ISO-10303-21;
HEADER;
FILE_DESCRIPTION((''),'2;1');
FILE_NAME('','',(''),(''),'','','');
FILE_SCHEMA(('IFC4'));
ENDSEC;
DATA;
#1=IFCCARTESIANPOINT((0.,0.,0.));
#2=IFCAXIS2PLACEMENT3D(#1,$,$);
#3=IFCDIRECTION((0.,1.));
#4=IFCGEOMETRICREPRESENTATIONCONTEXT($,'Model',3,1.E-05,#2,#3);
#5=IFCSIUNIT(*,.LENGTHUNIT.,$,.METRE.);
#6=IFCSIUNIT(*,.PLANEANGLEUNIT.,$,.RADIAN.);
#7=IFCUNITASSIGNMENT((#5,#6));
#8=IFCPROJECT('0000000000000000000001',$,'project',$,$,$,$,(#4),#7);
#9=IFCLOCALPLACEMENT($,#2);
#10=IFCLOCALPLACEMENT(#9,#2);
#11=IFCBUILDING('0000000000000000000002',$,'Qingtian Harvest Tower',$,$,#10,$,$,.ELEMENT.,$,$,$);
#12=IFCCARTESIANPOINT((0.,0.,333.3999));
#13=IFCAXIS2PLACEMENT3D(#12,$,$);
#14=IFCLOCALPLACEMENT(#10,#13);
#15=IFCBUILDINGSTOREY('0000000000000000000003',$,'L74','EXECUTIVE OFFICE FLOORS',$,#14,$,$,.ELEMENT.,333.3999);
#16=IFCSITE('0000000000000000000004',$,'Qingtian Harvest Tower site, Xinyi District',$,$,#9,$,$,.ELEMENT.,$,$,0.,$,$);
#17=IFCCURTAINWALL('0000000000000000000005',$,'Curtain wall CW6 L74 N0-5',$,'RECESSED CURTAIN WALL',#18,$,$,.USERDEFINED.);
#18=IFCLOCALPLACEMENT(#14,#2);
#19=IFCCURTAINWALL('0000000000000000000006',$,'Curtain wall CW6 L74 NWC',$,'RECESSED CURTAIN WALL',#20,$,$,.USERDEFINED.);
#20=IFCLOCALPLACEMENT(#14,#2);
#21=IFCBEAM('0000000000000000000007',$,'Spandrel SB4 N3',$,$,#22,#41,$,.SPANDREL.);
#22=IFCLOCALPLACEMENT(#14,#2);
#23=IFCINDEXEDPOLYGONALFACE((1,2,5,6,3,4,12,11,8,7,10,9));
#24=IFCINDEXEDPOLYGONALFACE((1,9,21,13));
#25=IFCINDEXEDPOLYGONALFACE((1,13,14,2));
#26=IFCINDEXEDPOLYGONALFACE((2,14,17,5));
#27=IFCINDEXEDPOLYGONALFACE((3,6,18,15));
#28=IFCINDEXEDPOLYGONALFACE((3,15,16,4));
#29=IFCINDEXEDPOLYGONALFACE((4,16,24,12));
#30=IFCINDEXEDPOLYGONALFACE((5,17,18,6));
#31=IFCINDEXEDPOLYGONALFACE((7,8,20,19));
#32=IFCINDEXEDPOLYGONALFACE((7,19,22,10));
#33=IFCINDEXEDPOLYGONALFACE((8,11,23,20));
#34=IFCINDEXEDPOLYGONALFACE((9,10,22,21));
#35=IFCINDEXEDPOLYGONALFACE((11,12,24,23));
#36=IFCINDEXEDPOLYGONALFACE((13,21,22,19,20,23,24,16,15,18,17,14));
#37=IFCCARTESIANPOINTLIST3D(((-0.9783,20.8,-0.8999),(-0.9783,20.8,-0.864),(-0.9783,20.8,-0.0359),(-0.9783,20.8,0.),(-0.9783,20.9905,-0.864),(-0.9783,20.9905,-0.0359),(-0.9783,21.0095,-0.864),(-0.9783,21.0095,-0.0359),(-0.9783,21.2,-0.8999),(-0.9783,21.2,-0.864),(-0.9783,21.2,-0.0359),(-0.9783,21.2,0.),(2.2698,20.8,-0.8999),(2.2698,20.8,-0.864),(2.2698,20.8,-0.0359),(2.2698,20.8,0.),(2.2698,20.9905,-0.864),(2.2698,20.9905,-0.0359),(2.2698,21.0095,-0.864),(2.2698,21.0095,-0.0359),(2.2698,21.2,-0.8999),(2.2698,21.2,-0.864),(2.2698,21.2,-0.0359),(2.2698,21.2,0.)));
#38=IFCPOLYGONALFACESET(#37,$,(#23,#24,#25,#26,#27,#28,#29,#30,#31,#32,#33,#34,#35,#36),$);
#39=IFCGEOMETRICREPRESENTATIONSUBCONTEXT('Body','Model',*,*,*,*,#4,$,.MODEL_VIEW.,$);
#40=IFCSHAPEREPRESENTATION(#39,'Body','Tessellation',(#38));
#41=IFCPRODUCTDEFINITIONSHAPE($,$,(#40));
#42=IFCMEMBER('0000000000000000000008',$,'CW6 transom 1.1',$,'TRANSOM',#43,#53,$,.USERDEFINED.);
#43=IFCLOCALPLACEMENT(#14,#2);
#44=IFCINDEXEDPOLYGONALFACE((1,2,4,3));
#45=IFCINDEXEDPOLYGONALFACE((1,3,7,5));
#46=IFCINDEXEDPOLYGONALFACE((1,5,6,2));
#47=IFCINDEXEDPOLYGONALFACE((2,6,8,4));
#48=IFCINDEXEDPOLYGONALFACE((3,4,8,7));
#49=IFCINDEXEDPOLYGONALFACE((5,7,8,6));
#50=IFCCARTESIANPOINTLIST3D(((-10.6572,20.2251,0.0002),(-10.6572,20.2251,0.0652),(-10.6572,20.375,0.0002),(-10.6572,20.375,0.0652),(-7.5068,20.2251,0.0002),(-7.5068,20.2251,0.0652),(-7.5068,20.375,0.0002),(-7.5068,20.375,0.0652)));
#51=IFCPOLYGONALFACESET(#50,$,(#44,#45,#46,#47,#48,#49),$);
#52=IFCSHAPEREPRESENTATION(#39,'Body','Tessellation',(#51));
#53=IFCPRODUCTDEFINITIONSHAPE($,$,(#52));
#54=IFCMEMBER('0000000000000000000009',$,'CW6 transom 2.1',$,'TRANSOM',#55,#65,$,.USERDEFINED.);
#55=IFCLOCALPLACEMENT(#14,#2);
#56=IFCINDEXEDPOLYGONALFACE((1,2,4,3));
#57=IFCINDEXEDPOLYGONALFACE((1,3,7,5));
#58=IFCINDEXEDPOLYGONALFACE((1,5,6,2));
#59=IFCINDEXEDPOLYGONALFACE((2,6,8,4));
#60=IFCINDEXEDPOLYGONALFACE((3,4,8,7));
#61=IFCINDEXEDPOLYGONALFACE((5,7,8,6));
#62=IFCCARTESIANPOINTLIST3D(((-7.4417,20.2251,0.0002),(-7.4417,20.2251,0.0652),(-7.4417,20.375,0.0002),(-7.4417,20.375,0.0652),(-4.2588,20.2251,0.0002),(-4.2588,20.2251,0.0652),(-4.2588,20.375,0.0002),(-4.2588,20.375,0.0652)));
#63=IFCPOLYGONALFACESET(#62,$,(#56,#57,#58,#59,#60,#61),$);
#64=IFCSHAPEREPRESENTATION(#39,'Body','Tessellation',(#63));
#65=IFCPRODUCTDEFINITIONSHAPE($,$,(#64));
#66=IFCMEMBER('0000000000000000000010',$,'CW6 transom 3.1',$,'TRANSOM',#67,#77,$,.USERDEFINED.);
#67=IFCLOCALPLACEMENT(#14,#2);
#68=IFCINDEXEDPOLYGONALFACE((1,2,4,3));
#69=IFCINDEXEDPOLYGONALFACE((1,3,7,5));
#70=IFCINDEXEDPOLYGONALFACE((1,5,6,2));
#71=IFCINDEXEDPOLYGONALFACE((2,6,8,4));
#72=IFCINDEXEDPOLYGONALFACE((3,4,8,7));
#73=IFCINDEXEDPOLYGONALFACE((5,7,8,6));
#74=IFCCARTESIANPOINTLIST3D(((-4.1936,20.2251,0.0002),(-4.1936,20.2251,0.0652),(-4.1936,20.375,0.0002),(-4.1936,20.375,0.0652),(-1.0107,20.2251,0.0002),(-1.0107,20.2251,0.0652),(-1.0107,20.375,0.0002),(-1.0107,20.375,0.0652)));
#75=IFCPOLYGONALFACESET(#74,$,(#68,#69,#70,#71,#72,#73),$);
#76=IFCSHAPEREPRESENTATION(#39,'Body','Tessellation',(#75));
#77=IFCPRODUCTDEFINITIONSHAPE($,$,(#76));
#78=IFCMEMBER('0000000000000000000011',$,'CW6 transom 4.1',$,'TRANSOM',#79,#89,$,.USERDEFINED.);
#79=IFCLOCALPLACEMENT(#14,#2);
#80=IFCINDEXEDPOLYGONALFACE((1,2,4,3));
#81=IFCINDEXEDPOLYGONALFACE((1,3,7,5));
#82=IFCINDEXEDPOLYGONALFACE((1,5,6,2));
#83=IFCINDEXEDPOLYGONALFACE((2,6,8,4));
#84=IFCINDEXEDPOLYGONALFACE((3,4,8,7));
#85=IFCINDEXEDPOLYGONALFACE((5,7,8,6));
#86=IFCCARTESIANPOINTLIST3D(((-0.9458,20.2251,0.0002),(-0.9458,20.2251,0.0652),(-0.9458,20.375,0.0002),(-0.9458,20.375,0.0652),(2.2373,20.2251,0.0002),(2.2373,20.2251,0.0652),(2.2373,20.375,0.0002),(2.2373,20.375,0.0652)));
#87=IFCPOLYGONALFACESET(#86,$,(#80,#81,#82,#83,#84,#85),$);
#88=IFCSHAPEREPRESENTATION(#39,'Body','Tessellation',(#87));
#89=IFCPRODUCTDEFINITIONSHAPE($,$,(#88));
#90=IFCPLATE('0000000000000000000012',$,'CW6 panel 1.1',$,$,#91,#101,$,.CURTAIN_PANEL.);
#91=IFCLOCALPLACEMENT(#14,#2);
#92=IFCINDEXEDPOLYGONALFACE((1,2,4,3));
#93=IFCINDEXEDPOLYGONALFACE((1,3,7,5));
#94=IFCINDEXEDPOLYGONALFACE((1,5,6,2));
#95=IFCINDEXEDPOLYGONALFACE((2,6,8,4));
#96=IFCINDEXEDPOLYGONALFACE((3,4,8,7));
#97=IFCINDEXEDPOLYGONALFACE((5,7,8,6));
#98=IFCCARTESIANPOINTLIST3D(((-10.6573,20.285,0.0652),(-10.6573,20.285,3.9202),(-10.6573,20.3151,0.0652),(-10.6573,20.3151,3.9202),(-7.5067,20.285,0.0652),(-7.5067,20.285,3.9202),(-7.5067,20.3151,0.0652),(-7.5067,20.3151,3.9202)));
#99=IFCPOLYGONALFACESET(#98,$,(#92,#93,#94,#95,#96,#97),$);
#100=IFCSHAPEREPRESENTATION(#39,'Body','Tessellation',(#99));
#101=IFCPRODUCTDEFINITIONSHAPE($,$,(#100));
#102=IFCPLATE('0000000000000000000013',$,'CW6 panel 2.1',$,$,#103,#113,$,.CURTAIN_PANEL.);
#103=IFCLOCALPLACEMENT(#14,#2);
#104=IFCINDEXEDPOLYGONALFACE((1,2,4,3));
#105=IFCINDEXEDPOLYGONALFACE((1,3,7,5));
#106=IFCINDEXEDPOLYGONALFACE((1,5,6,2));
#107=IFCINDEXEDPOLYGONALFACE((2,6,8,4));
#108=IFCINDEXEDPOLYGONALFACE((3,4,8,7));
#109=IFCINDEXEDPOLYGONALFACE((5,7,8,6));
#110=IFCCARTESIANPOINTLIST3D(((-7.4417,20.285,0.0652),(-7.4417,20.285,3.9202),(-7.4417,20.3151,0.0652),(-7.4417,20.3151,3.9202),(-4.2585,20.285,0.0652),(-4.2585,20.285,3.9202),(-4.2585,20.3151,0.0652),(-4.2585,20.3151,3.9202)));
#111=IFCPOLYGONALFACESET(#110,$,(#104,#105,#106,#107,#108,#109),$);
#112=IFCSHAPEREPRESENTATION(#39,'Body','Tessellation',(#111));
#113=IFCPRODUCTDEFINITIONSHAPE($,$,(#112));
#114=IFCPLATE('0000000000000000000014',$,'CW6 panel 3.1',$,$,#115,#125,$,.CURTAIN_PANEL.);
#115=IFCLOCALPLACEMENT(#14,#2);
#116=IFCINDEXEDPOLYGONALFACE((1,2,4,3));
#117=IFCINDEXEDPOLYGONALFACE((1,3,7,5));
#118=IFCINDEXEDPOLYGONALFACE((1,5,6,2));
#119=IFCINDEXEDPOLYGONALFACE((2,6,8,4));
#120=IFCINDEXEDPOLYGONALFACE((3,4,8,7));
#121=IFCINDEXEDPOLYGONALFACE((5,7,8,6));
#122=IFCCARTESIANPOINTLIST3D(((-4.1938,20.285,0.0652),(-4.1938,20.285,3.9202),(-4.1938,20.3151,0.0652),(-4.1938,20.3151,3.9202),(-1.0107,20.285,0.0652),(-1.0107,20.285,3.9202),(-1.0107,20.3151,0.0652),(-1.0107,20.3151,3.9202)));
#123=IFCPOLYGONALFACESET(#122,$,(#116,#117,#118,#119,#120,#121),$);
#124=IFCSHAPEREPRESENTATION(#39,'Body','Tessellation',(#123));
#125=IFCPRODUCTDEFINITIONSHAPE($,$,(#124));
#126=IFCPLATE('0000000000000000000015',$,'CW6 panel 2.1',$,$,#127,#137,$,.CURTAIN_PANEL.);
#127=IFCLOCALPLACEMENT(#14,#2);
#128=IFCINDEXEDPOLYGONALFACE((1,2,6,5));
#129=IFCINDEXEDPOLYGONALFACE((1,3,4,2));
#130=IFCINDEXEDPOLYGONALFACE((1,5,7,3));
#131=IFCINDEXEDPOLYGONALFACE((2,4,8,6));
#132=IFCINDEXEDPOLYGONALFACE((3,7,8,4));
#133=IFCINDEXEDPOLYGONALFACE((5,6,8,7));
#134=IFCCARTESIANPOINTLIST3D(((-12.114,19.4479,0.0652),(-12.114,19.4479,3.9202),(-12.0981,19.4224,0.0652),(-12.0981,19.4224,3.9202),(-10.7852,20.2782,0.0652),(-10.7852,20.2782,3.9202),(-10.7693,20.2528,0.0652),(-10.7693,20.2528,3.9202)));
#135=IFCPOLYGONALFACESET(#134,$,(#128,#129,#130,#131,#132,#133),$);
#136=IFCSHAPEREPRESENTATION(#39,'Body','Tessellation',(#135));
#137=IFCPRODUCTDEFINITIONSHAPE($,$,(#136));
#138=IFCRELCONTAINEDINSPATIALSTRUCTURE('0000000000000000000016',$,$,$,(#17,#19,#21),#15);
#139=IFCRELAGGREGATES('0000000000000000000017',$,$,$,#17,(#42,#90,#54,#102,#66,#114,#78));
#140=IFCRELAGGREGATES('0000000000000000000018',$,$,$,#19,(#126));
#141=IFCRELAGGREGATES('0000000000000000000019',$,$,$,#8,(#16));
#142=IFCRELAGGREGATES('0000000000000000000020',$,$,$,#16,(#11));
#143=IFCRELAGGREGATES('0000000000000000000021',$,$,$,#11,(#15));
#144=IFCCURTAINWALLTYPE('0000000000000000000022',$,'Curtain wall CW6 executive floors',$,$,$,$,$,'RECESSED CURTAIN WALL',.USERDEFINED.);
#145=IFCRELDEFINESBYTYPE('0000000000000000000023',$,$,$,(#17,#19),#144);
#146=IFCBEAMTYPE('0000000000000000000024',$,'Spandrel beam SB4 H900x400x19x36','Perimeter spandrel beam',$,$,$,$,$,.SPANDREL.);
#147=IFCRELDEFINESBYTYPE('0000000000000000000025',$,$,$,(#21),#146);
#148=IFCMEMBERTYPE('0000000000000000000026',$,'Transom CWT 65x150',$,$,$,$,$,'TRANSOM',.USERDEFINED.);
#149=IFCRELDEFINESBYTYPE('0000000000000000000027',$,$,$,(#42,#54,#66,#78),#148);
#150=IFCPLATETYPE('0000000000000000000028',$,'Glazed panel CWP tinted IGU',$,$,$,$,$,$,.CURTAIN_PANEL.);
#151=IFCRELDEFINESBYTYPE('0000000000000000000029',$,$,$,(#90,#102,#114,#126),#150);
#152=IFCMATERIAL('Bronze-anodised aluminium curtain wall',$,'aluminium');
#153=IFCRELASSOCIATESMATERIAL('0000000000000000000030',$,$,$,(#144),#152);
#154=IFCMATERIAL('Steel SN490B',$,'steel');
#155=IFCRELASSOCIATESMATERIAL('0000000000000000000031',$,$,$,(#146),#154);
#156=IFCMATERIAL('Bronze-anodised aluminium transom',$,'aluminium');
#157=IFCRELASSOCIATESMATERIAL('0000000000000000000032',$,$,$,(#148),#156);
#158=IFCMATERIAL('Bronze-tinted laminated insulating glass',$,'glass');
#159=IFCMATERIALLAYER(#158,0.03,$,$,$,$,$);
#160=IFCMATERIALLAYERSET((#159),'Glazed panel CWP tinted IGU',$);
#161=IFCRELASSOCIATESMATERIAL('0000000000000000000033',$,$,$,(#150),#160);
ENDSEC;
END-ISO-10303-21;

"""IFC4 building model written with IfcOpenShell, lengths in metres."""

from ifc_helpers import new_model, si_unit, direction, frame, origin, origin_2d, place, context, subcontext, project, spatial, rectangle, i_section, extrude, material, layer, layer_set, material_profile, profile_set, type_object, element, aggregate, save


model = new_model("IFC4")

# Units and contexts
model_context = context("Model", 3, precision=1e-05, world=origin(), true_north=direction((0.0, 1.0)))
body_context = subcontext(model_context, "Body", "Model", "MODEL_VIEW")
ifc_project = project(units=[si_unit("LENGTHUNIT", "METRE"), si_unit("PLANEANGLEUNIT", "RADIAN")], contexts=[model_context])

# Site, building, storey
site_placement = place(None, origin())
site = spatial("IfcSite", under=ifc_project, at=site_placement, Name="Qingtian Harvest Tower site, Xinyi District", CompositionType="ELEMENT", RefElevation=0.0)
building_placement = place(site_placement, origin())
building = spatial("IfcBuilding", under=site, at=building_placement, Name="Qingtian Harvest Tower", CompositionType="ELEMENT")
storey_placement = place(building_placement, frame((0.0, 0.0, 333.3999)))
storey = spatial("IfcBuildingStorey", under=building, at=storey_placement, Name="L74", Description="EXECUTIVE OFFICE FLOORS", CompositionType="ELEMENT", Elevation=333.3999)

# Curtain wall
ifc_material_1 = material(Name="Bronze-anodised aluminium curtain wall", Category="aluminium")
curtain_wall_type = type_object("IfcCurtainWallType", Name="Curtain wall CW6 executive floors", ElementType="RECESSED CURTAIN WALL", PredefinedType="USERDEFINED", material=ifc_material_1)
curtain_wall_1_placement = place(storey_placement, origin())
curtain_wall_1 = element("IfcCurtainWall", 1, at=curtain_wall_1_placement, inside=storey, type_object=curtain_wall_type, Name="Curtain wall CW6 L74 N0-5", ObjectType="RECESSED CURTAIN WALL", PredefinedType="USERDEFINED")

# Curtain wall
curtain_wall_2_placement = place(storey_placement, origin())
curtain_wall_2 = element("IfcCurtainWall", 2, at=curtain_wall_2_placement, inside=storey, type_object=curtain_wall_type, Name="Curtain wall CW6 L74 NWC", ObjectType="RECESSED CURTAIN WALL", PredefinedType="USERDEFINED")

# Beam
ifc_material_2 = material(Name="Steel SN490B", Category="steel")
ifc_material_profile_1 = material_profile(ifc_material_2, i_section(OverallWidth=0.3999, OverallDepth=0.8999, WebThickness=0.019, FlangeThickness=0.0359, at=origin_2d()), Name="H900x400x19x36")
ifc_profile_set_1 = profile_set([ifc_material_profile_1], Name="Steel SN490B")
beam_type_1 = type_object("IfcBeamType", Name="Spandrel beam SB4 H900x400x19x36", Description="Perimeter spandrel beam", PredefinedType="SPANDREL", material=ifc_profile_set_1)
for number, where, z_axis, x_axis, name in (
    (3, (-0.9783, 21.0, -0.45), (1.0, 0.0, 0.0), (0.0, 1.0, 0.0), "Spandrel SB4 N3"),
):
    element("IfcBeam", number, at=place(storey_placement, frame(where, z_axis=z_axis, x_axis=x_axis)), inside=storey, type_object=beam_type_1, Name=name, PredefinedType="SPANDREL", context=body_context, shape_type="SweptSolid", body=[
        extrude(i_section(OverallWidth=0.3999, OverallDepth=0.8999, WebThickness=0.019, FlangeThickness=0.0359, at=origin_2d()), origin(), (0.0, 0.0, 1.0), 3.248),
    ])

# Members
ifc_material_3 = material(Name="Bronze-anodised aluminium transom", Category="aluminium")
ifc_material_profile_2 = material_profile(ifc_material_3, rectangle(XDim=0.1499, YDim=0.0649, at=origin_2d()), Name="AL 65x150")
ifc_profile_set_2 = profile_set([ifc_material_profile_2], Name="Bronze-anodised aluminium transom")
member_type_1 = type_object("IfcMemberType", Name="Transom CWT 65x150", ElementType="TRANSOM", PredefinedType="USERDEFINED", material=ifc_profile_set_2)
member_1_placement = place(storey_placement, frame((-10.6572, 20.3, 0.0327), z_axis=(1.0, 0.0, 0.0), x_axis=(0.0, 1.0, 0.0)))
member_1 = element("IfcMember", 4, at=member_1_placement, type_object=member_type_1, Name="CW6 transom 1.1", ObjectType="TRANSOM", PredefinedType="USERDEFINED", context=body_context, shape_type="SweptSolid", body=[
    extrude(rectangle(XDim=0.1499, YDim=0.0649, at=origin_2d()), origin(), (0.0, 0.0, 1.0), 3.1504),
])
member_2_placement = place(storey_placement, frame((-7.4417, 20.3, 0.0327), z_axis=(1.0, 0.0, 0.0), x_axis=(0.0, 1.0, 0.0)))
member_2 = element("IfcMember", 5, at=member_2_placement, type_object=member_type_1, Name="CW6 transom 2.1", ObjectType="TRANSOM", PredefinedType="USERDEFINED", context=body_context, shape_type="SweptSolid", body=[
    extrude(rectangle(XDim=0.1499, YDim=0.0649, at=origin_2d()), origin(), (0.0, 0.0, 1.0), 3.1829),
])
member_3_placement = place(storey_placement, frame((-4.1936, 20.3, 0.0327), z_axis=(1.0, 0.0, 0.0), x_axis=(0.0, 1.0, 0.0)))
member_3 = element("IfcMember", 6, at=member_3_placement, type_object=member_type_1, Name="CW6 transom 3.1", ObjectType="TRANSOM", PredefinedType="USERDEFINED", context=body_context, shape_type="SweptSolid", body=[
    extrude(rectangle(XDim=0.1499, YDim=0.0649, at=origin_2d()), origin(), (0.0, 0.0, 1.0), 3.1829),
])
member_4_placement = place(storey_placement, frame((-0.9458, 20.3, 0.0327), z_axis=(1.0, 0.0, 0.0), x_axis=(0.0, 1.0, 0.0)))
member_4 = element("IfcMember", 7, at=member_4_placement, type_object=member_type_1, Name="CW6 transom 4.1", ObjectType="TRANSOM", PredefinedType="USERDEFINED", context=body_context, shape_type="SweptSolid", body=[
    extrude(rectangle(XDim=0.1499, YDim=0.0649, at=origin_2d()), origin(), (0.0, 0.0, 1.0), 3.1831),
])

# Plates
ifc_material_4 = material(Name="Bronze-tinted laminated insulating glass", Category="glass")
ifc_layer_1 = layer(ifc_material_4, 0.03)
ifc_layer_set_1 = layer_set([ifc_layer_1], Name="Glazed panel CWP tinted IGU")
plate_type = type_object("IfcPlateType", Name="Glazed panel CWP tinted IGU", PredefinedType="CURTAIN_PANEL", material=ifc_layer_set_1)
plate_1_placement = place(storey_placement, frame((-9.082, 20.3, 0.0652), z_axis=(0.0, 0.0, 1.0), x_axis=(1.0, 0.0, 0.0)))
plate_1 = element("IfcPlate", 8, at=plate_1_placement, type_object=plate_type, Name="CW6 panel 1.1", PredefinedType="CURTAIN_PANEL", context=body_context, shape_type="SweptSolid", body=[
    extrude(rectangle(XDim=3.1506, YDim=0.03, at=origin_2d()), origin(), (0.0, 0.0, 1.0), 3.855),
])
plate_2_placement = place(storey_placement, frame((-5.8501, 20.3, 0.0652), z_axis=(0.0, 0.0, 1.0), x_axis=(1.0, 0.0, 0.0)))
plate_2 = element("IfcPlate", 9, at=plate_2_placement, type_object=plate_type, Name="CW6 panel 2.1", PredefinedType="CURTAIN_PANEL", context=body_context, shape_type="SweptSolid", body=[
    extrude(rectangle(XDim=3.1831, YDim=0.03, at=origin_2d()), origin(), (0.0, 0.0, 1.0), 3.855),
])
plate_3_placement = place(storey_placement, frame((-2.6023, 20.3, 0.0652), z_axis=(0.0, 0.0, 1.0), x_axis=(1.0, 0.0, 0.0)))
plate_3 = element("IfcPlate", 10, at=plate_3_placement, type_object=plate_type, Name="CW6 panel 3.1", PredefinedType="CURTAIN_PANEL", context=body_context, shape_type="SweptSolid", body=[
    extrude(rectangle(XDim=3.1831, YDim=0.03, at=origin_2d()), origin(), (0.0, 0.0, 1.0), 3.855),
])
aggregate(curtain_wall_1, [member_1, plate_1, member_2, plate_2, member_3, plate_3, member_4])
plate_4_placement = place(storey_placement, frame((-11.4417, 19.8503, 0.0652), z_axis=(0.0, 0.0, 1.0), x_axis=(0.848048, 0.529919, 0.0)))
plate_4 = element("IfcPlate", 11, at=plate_4_placement, type_object=plate_type, Name="CW6 panel 2.1", PredefinedType="CURTAIN_PANEL", context=body_context, shape_type="SweptSolid", body=[
    extrude(rectangle(XDim=1.5669, YDim=0.03, at=origin_2d()), origin(), (0.0, 0.0, 1.0), 3.855),
])
aggregate(curtain_wall_2, [plate_4])

save(model, "model.ifc")
